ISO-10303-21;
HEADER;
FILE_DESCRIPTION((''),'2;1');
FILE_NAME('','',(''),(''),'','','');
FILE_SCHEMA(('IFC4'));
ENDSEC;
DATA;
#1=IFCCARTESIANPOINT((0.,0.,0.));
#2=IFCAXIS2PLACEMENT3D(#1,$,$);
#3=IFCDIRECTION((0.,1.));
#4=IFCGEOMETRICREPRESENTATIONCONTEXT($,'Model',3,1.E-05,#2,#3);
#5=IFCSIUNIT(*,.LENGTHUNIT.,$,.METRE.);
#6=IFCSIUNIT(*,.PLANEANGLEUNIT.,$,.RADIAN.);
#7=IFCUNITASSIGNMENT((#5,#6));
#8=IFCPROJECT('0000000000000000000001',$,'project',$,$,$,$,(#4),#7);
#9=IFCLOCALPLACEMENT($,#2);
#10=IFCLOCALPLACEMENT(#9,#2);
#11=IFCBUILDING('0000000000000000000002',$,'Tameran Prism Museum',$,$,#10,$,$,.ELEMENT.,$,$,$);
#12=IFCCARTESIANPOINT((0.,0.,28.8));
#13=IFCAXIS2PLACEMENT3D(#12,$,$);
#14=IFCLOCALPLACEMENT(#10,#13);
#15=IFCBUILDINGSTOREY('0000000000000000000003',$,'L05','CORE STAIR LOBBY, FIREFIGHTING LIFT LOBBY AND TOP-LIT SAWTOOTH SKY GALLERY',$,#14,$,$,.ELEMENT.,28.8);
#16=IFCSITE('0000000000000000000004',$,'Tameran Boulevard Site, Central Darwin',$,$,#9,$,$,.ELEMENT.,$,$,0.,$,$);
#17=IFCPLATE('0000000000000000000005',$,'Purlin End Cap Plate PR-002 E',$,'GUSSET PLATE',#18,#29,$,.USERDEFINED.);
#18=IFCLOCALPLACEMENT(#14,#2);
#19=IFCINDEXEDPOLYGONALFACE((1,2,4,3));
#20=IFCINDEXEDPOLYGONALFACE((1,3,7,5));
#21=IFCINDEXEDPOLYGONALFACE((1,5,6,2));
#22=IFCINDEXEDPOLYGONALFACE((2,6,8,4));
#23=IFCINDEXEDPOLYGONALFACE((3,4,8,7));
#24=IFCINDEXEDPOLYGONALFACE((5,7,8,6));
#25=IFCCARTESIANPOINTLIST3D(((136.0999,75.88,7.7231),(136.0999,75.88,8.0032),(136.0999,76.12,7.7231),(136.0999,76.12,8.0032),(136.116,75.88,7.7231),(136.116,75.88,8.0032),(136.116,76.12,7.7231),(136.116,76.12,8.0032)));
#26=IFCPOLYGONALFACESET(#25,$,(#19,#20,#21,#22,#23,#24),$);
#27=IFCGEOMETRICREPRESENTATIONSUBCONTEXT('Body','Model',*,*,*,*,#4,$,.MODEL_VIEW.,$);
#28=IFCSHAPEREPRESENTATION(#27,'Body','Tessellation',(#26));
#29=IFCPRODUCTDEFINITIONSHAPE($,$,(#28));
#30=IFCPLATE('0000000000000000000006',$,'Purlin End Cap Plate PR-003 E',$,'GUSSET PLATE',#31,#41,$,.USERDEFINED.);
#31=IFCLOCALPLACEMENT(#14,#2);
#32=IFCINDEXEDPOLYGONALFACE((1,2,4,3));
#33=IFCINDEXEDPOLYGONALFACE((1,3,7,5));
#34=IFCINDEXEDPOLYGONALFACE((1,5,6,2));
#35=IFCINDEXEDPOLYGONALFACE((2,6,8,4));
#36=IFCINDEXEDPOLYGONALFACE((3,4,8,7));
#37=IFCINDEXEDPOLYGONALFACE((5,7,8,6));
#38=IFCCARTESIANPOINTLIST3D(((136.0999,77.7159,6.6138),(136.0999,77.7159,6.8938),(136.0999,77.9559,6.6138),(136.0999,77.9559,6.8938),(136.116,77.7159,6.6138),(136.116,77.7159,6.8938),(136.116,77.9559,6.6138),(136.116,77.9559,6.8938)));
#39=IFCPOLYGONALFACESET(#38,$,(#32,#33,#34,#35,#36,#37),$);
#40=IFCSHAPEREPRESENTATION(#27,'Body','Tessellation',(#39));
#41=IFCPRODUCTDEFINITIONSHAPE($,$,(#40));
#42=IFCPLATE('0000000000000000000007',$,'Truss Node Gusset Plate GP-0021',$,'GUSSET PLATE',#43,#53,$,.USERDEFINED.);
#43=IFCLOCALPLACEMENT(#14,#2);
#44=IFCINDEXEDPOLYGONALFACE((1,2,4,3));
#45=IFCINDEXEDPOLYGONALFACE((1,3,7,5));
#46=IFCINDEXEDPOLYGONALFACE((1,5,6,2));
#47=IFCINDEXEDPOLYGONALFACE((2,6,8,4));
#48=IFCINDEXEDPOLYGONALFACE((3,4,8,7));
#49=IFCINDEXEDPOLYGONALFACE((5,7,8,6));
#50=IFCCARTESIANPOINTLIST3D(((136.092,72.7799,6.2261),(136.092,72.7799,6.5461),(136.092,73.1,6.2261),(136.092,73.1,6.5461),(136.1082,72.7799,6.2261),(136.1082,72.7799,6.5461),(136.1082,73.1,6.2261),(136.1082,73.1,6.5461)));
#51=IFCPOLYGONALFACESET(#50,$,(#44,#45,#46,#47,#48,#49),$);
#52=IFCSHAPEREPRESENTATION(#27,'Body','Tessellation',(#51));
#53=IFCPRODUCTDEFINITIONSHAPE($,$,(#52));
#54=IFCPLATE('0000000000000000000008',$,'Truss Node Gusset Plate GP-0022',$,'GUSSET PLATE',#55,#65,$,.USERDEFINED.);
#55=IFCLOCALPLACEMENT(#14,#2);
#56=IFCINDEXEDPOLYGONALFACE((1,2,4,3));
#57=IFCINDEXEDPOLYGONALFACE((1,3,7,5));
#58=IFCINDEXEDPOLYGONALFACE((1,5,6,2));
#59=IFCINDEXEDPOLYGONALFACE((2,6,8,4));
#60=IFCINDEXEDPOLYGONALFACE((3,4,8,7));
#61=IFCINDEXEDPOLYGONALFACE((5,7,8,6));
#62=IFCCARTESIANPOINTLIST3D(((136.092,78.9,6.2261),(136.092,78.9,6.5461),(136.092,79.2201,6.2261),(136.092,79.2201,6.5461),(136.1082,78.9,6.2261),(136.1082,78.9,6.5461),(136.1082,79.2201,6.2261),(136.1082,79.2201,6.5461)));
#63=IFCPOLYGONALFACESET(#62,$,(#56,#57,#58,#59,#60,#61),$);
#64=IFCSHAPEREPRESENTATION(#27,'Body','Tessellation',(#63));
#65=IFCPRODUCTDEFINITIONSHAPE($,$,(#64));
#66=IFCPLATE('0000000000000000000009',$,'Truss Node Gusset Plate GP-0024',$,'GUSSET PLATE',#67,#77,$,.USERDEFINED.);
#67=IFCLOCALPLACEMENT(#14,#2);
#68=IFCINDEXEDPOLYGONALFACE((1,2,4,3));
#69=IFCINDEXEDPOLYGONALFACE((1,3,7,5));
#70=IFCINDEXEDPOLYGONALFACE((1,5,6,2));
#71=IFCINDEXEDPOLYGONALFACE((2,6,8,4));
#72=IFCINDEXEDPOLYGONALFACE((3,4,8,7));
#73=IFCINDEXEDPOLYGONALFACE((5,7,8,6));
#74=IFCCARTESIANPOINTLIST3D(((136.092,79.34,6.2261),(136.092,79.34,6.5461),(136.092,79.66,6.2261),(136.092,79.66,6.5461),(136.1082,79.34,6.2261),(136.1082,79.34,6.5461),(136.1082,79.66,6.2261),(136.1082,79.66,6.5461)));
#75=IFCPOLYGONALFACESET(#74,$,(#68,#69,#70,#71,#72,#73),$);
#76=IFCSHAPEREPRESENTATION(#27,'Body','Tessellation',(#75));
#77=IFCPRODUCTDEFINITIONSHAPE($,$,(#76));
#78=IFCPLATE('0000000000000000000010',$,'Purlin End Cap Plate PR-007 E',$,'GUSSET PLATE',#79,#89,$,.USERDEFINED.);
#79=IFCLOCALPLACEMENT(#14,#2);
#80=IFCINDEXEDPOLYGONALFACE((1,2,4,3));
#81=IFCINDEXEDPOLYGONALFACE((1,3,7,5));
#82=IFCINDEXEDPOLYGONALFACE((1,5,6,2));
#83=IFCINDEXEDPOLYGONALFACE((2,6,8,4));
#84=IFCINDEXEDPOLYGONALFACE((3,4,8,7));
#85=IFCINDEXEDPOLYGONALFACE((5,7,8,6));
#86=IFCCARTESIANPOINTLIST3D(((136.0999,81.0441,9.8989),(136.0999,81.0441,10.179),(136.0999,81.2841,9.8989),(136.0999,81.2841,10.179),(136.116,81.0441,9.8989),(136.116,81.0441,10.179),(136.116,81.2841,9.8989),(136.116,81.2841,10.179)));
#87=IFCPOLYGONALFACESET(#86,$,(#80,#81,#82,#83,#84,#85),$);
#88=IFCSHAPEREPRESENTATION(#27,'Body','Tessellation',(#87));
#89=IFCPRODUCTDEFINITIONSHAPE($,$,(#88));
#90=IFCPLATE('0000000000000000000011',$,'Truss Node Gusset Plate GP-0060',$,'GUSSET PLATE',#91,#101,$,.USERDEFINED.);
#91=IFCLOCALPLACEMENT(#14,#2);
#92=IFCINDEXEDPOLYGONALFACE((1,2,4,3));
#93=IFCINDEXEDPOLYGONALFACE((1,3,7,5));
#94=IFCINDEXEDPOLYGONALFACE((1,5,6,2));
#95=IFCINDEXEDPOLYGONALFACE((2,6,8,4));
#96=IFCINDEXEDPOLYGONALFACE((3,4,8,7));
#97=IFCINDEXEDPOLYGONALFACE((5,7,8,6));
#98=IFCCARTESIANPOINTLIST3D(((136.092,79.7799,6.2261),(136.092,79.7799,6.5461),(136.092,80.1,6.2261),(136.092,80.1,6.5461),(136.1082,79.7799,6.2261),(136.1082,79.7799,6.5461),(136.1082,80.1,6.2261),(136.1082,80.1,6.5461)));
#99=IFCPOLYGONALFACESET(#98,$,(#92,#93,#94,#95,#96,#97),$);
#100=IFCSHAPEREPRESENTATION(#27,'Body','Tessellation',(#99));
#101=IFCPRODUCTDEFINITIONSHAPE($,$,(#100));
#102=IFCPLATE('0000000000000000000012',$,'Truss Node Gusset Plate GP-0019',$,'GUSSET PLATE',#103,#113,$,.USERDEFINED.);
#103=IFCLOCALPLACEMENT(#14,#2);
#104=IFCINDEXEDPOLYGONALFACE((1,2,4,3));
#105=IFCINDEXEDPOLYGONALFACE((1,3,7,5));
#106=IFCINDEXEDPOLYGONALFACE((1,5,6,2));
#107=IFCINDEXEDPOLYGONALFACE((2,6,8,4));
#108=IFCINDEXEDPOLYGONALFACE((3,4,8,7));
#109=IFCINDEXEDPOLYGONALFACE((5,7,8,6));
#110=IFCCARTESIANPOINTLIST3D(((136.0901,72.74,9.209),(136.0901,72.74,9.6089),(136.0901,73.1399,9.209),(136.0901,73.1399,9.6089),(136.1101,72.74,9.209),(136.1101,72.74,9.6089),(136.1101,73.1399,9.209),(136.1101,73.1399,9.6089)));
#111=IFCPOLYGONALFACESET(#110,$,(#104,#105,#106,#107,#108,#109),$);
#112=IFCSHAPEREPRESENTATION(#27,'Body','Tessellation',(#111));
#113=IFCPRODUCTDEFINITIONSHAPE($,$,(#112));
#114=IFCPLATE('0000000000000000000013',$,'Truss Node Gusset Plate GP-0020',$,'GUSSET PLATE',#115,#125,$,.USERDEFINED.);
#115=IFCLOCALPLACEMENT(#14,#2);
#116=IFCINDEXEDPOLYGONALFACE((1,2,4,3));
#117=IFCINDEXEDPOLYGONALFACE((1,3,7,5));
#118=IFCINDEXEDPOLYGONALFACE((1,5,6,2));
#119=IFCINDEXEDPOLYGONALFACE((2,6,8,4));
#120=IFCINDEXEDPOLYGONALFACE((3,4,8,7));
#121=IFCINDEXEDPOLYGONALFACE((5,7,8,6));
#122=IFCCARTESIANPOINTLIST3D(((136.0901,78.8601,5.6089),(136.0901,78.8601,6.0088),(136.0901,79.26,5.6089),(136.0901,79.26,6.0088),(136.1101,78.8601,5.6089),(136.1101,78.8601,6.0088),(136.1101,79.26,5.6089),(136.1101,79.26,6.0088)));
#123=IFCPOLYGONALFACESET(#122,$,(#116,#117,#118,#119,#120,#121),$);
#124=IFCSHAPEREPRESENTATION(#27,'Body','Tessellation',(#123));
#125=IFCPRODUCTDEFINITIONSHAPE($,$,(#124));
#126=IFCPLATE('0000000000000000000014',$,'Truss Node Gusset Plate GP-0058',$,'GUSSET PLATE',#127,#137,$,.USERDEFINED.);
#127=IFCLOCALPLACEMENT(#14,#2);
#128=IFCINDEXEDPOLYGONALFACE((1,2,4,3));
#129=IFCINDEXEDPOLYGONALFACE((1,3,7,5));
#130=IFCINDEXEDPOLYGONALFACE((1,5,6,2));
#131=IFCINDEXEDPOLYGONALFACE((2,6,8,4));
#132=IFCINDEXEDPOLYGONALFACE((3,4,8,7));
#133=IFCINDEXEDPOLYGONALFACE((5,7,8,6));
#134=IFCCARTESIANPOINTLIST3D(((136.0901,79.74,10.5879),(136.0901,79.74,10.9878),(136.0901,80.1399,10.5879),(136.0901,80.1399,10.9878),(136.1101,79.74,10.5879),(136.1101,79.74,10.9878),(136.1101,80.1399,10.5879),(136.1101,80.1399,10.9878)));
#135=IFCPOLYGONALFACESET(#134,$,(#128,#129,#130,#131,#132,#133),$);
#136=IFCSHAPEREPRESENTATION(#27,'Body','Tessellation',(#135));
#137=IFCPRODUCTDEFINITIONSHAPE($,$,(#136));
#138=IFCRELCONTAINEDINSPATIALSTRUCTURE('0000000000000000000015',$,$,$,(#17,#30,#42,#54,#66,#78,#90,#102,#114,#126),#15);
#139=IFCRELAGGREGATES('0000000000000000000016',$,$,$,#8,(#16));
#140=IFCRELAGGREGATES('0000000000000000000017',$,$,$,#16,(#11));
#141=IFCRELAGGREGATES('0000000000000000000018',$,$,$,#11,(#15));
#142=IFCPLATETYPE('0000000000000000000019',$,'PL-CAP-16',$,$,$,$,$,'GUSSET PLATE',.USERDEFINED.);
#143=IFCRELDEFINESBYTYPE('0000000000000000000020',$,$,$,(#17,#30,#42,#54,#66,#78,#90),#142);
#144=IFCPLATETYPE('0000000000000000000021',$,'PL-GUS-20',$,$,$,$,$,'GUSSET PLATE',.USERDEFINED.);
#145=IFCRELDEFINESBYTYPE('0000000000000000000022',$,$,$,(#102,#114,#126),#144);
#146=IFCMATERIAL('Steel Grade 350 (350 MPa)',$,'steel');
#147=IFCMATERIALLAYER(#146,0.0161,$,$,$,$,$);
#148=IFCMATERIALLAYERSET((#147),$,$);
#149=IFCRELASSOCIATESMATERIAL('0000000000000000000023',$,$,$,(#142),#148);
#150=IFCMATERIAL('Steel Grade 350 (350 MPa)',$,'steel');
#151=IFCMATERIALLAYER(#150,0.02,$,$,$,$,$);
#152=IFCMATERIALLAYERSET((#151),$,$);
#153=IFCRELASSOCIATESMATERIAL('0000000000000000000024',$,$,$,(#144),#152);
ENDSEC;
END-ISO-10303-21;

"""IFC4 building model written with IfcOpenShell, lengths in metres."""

from ifc_helpers import new_model, si_unit, direction, frame, origin, origin_2d, place, context, subcontext, project, spatial, rectangle, extrude, material, layer, layer_set, type_object, element, save


model = new_model("IFC4")

# Units and contexts
model_context = context("Model", 3, precision=1e-05, world=origin(), true_north=direction((0.0, 1.0)))
body_context = subcontext(model_context, "Body", "Model", "MODEL_VIEW")
ifc_project = project(units=[si_unit("LENGTHUNIT", "METRE"), si_unit("PLANEANGLEUNIT", "RADIAN")], contexts=[model_context])

# Site, building, storey
site_placement = place(None, origin())
site = spatial("IfcSite", under=ifc_project, at=site_placement, Name="Tameran Boulevard Site, Central Darwin", CompositionType="ELEMENT", RefElevation=0.0)
building_placement = place(site_placement, origin())
building = spatial("IfcBuilding", under=site, at=building_placement, Name="Tameran Prism Museum", CompositionType="ELEMENT")
storey_placement = place(building_placement, frame((0.0, 0.0, 28.8)))
storey = spatial("IfcBuildingStorey", under=building, at=storey_placement, Name="L05", Description="CORE STAIR LOBBY, FIREFIGHTING LIFT LOBBY AND TOP-LIT SAWTOOTH SKY GALLERY", CompositionType="ELEMENT", Elevation=28.8)

# Plates
ifc_material_1 = material(Name="Steel Grade 350 (350 MPa)", Category="steel")
ifc_layer_1 = layer(ifc_material_1, 0.0161)
ifc_layer_set_1 = layer_set([ifc_layer_1])
plate_type_1 = type_object("IfcPlateType", Name="PL-CAP-16", ElementType="GUSSET PLATE", PredefinedType="USERDEFINED", material=ifc_layer_set_1)
for number, where, z_axis, x_axis, name in (
    (1, (136.1079, 76.0, 7.7231), (0.0, 0.0, 1.0), (1.0, 0.0, 0.0), "Purlin End Cap Plate PR-002 E"),
    (2, (136.1079, 77.8359, 6.6138), (0.0, 0.0, 1.0), (1.0, 0.0, 0.0), "Purlin End Cap Plate PR-003 E"),
):
    element("IfcPlate", number, at=place(storey_placement, frame(where, z_axis=z_axis, x_axis=x_axis)), inside=storey, type_object=plate_type_1, Name=name, ObjectType="GUSSET PLATE", PredefinedType="USERDEFINED", context=body_context, shape_type="SweptSolid", body=[
        extrude(rectangle(XDim=0.0161, YDim=0.24, at=origin_2d()), origin(), (0.0, 0.0, 1.0), 0.28),
    ])
for number, where, z_axis, x_axis, name in (
    (3, (136.1001, 72.9399, 6.2261), (0.0, 0.0, 1.0), (1.0, 0.0, 0.0), "Truss Node Gusset Plate GP-0021"),
    (4, (136.1001, 79.0601, 6.2261), (0.0, 0.0, 1.0), (1.0, 0.0, 0.0), "Truss Node Gusset Plate GP-0022"),
    (5, (136.1001, 79.5, 6.2261), (0.0, 0.0, 1.0), (1.0, 0.0, 0.0), "Truss Node Gusset Plate GP-0024"),
):
    element("IfcPlate", number, at=place(storey_placement, frame(where, z_axis=z_axis, x_axis=x_axis)), inside=storey, type_object=plate_type_1, Name=name, ObjectType="GUSSET PLATE", PredefinedType="USERDEFINED", context=body_context, shape_type="SweptSolid", body=[
        extrude(rectangle(XDim=0.0161, YDim=0.3201, at=origin_2d()), origin(), (0.0, 0.0, 1.0), 0.3201),
    ])
plate_1_placement = place(storey_placement, frame((136.1079, 81.1641, 9.8989), z_axis=(0.0, 0.0, 1.0), x_axis=(1.0, 0.0, 0.0)))
element("IfcPlate", 6, at=plate_1_placement, inside=storey, type_object=plate_type_1, Name="Purlin End Cap Plate PR-007 E", ObjectType="GUSSET PLATE", PredefinedType="USERDEFINED", context=body_context, shape_type="SweptSolid", body=[
    extrude(rectangle(XDim=0.0161, YDim=0.24, at=origin_2d()), origin(), (0.0, 0.0, 1.0), 0.28),
])
plate_2_placement = place(storey_placement, frame((136.1001, 79.9399, 6.2261), z_axis=(0.0, 0.0, 1.0), x_axis=(1.0, 0.0, 0.0)))
element("IfcPlate", 7, at=plate_2_placement, inside=storey, type_object=plate_type_1, Name="Truss Node Gusset Plate GP-0060", ObjectType="GUSSET PLATE", PredefinedType="USERDEFINED", context=body_context, shape_type="SweptSolid", body=[
    extrude(rectangle(XDim=0.0161, YDim=0.3201, at=origin_2d()), origin(), (0.0, 0.0, 1.0), 0.3201),
])
ifc_material_2 = material(Name="Steel Grade 350 (350 MPa)", Category="steel")
ifc_layer_2 = layer(ifc_material_2, 0.02)
ifc_layer_set_2 = layer_set([ifc_layer_2])
plate_type_2 = type_object("IfcPlateType", Name="PL-GUS-20", ElementType="GUSSET PLATE", PredefinedType="USERDEFINED", material=ifc_layer_set_2)
for number, where, z_axis, x_axis, name in (
    (8, (136.1001, 72.9399, 9.209), (0.0, 0.0, 1.0), (1.0, 0.0, 0.0), "Truss Node Gusset Plate GP-0019"),
    (9, (136.1001, 79.0601, 5.6089), (0.0, 0.0, 1.0), (1.0, 0.0, 0.0), "Truss Node Gusset Plate GP-0020"),
    (10, (136.1001, 79.9399, 10.5879), (0.0, 0.0, 1.0), (1.0, 0.0, 0.0), "Truss Node Gusset Plate GP-0058"),
):
    element("IfcPlate", number, at=place(storey_placement, frame(where, z_axis=z_axis, x_axis=x_axis)), inside=storey, type_object=plate_type_2, Name=name, ObjectType="GUSSET PLATE", PredefinedType="USERDEFINED", context=body_context, shape_type="SweptSolid", body=[
        extrude(rectangle(XDim=0.02, YDim=0.3999, at=origin_2d()), origin(), (0.0, 0.0, 1.0), 0.3999),
    ])

save(model, "model.ifc")
